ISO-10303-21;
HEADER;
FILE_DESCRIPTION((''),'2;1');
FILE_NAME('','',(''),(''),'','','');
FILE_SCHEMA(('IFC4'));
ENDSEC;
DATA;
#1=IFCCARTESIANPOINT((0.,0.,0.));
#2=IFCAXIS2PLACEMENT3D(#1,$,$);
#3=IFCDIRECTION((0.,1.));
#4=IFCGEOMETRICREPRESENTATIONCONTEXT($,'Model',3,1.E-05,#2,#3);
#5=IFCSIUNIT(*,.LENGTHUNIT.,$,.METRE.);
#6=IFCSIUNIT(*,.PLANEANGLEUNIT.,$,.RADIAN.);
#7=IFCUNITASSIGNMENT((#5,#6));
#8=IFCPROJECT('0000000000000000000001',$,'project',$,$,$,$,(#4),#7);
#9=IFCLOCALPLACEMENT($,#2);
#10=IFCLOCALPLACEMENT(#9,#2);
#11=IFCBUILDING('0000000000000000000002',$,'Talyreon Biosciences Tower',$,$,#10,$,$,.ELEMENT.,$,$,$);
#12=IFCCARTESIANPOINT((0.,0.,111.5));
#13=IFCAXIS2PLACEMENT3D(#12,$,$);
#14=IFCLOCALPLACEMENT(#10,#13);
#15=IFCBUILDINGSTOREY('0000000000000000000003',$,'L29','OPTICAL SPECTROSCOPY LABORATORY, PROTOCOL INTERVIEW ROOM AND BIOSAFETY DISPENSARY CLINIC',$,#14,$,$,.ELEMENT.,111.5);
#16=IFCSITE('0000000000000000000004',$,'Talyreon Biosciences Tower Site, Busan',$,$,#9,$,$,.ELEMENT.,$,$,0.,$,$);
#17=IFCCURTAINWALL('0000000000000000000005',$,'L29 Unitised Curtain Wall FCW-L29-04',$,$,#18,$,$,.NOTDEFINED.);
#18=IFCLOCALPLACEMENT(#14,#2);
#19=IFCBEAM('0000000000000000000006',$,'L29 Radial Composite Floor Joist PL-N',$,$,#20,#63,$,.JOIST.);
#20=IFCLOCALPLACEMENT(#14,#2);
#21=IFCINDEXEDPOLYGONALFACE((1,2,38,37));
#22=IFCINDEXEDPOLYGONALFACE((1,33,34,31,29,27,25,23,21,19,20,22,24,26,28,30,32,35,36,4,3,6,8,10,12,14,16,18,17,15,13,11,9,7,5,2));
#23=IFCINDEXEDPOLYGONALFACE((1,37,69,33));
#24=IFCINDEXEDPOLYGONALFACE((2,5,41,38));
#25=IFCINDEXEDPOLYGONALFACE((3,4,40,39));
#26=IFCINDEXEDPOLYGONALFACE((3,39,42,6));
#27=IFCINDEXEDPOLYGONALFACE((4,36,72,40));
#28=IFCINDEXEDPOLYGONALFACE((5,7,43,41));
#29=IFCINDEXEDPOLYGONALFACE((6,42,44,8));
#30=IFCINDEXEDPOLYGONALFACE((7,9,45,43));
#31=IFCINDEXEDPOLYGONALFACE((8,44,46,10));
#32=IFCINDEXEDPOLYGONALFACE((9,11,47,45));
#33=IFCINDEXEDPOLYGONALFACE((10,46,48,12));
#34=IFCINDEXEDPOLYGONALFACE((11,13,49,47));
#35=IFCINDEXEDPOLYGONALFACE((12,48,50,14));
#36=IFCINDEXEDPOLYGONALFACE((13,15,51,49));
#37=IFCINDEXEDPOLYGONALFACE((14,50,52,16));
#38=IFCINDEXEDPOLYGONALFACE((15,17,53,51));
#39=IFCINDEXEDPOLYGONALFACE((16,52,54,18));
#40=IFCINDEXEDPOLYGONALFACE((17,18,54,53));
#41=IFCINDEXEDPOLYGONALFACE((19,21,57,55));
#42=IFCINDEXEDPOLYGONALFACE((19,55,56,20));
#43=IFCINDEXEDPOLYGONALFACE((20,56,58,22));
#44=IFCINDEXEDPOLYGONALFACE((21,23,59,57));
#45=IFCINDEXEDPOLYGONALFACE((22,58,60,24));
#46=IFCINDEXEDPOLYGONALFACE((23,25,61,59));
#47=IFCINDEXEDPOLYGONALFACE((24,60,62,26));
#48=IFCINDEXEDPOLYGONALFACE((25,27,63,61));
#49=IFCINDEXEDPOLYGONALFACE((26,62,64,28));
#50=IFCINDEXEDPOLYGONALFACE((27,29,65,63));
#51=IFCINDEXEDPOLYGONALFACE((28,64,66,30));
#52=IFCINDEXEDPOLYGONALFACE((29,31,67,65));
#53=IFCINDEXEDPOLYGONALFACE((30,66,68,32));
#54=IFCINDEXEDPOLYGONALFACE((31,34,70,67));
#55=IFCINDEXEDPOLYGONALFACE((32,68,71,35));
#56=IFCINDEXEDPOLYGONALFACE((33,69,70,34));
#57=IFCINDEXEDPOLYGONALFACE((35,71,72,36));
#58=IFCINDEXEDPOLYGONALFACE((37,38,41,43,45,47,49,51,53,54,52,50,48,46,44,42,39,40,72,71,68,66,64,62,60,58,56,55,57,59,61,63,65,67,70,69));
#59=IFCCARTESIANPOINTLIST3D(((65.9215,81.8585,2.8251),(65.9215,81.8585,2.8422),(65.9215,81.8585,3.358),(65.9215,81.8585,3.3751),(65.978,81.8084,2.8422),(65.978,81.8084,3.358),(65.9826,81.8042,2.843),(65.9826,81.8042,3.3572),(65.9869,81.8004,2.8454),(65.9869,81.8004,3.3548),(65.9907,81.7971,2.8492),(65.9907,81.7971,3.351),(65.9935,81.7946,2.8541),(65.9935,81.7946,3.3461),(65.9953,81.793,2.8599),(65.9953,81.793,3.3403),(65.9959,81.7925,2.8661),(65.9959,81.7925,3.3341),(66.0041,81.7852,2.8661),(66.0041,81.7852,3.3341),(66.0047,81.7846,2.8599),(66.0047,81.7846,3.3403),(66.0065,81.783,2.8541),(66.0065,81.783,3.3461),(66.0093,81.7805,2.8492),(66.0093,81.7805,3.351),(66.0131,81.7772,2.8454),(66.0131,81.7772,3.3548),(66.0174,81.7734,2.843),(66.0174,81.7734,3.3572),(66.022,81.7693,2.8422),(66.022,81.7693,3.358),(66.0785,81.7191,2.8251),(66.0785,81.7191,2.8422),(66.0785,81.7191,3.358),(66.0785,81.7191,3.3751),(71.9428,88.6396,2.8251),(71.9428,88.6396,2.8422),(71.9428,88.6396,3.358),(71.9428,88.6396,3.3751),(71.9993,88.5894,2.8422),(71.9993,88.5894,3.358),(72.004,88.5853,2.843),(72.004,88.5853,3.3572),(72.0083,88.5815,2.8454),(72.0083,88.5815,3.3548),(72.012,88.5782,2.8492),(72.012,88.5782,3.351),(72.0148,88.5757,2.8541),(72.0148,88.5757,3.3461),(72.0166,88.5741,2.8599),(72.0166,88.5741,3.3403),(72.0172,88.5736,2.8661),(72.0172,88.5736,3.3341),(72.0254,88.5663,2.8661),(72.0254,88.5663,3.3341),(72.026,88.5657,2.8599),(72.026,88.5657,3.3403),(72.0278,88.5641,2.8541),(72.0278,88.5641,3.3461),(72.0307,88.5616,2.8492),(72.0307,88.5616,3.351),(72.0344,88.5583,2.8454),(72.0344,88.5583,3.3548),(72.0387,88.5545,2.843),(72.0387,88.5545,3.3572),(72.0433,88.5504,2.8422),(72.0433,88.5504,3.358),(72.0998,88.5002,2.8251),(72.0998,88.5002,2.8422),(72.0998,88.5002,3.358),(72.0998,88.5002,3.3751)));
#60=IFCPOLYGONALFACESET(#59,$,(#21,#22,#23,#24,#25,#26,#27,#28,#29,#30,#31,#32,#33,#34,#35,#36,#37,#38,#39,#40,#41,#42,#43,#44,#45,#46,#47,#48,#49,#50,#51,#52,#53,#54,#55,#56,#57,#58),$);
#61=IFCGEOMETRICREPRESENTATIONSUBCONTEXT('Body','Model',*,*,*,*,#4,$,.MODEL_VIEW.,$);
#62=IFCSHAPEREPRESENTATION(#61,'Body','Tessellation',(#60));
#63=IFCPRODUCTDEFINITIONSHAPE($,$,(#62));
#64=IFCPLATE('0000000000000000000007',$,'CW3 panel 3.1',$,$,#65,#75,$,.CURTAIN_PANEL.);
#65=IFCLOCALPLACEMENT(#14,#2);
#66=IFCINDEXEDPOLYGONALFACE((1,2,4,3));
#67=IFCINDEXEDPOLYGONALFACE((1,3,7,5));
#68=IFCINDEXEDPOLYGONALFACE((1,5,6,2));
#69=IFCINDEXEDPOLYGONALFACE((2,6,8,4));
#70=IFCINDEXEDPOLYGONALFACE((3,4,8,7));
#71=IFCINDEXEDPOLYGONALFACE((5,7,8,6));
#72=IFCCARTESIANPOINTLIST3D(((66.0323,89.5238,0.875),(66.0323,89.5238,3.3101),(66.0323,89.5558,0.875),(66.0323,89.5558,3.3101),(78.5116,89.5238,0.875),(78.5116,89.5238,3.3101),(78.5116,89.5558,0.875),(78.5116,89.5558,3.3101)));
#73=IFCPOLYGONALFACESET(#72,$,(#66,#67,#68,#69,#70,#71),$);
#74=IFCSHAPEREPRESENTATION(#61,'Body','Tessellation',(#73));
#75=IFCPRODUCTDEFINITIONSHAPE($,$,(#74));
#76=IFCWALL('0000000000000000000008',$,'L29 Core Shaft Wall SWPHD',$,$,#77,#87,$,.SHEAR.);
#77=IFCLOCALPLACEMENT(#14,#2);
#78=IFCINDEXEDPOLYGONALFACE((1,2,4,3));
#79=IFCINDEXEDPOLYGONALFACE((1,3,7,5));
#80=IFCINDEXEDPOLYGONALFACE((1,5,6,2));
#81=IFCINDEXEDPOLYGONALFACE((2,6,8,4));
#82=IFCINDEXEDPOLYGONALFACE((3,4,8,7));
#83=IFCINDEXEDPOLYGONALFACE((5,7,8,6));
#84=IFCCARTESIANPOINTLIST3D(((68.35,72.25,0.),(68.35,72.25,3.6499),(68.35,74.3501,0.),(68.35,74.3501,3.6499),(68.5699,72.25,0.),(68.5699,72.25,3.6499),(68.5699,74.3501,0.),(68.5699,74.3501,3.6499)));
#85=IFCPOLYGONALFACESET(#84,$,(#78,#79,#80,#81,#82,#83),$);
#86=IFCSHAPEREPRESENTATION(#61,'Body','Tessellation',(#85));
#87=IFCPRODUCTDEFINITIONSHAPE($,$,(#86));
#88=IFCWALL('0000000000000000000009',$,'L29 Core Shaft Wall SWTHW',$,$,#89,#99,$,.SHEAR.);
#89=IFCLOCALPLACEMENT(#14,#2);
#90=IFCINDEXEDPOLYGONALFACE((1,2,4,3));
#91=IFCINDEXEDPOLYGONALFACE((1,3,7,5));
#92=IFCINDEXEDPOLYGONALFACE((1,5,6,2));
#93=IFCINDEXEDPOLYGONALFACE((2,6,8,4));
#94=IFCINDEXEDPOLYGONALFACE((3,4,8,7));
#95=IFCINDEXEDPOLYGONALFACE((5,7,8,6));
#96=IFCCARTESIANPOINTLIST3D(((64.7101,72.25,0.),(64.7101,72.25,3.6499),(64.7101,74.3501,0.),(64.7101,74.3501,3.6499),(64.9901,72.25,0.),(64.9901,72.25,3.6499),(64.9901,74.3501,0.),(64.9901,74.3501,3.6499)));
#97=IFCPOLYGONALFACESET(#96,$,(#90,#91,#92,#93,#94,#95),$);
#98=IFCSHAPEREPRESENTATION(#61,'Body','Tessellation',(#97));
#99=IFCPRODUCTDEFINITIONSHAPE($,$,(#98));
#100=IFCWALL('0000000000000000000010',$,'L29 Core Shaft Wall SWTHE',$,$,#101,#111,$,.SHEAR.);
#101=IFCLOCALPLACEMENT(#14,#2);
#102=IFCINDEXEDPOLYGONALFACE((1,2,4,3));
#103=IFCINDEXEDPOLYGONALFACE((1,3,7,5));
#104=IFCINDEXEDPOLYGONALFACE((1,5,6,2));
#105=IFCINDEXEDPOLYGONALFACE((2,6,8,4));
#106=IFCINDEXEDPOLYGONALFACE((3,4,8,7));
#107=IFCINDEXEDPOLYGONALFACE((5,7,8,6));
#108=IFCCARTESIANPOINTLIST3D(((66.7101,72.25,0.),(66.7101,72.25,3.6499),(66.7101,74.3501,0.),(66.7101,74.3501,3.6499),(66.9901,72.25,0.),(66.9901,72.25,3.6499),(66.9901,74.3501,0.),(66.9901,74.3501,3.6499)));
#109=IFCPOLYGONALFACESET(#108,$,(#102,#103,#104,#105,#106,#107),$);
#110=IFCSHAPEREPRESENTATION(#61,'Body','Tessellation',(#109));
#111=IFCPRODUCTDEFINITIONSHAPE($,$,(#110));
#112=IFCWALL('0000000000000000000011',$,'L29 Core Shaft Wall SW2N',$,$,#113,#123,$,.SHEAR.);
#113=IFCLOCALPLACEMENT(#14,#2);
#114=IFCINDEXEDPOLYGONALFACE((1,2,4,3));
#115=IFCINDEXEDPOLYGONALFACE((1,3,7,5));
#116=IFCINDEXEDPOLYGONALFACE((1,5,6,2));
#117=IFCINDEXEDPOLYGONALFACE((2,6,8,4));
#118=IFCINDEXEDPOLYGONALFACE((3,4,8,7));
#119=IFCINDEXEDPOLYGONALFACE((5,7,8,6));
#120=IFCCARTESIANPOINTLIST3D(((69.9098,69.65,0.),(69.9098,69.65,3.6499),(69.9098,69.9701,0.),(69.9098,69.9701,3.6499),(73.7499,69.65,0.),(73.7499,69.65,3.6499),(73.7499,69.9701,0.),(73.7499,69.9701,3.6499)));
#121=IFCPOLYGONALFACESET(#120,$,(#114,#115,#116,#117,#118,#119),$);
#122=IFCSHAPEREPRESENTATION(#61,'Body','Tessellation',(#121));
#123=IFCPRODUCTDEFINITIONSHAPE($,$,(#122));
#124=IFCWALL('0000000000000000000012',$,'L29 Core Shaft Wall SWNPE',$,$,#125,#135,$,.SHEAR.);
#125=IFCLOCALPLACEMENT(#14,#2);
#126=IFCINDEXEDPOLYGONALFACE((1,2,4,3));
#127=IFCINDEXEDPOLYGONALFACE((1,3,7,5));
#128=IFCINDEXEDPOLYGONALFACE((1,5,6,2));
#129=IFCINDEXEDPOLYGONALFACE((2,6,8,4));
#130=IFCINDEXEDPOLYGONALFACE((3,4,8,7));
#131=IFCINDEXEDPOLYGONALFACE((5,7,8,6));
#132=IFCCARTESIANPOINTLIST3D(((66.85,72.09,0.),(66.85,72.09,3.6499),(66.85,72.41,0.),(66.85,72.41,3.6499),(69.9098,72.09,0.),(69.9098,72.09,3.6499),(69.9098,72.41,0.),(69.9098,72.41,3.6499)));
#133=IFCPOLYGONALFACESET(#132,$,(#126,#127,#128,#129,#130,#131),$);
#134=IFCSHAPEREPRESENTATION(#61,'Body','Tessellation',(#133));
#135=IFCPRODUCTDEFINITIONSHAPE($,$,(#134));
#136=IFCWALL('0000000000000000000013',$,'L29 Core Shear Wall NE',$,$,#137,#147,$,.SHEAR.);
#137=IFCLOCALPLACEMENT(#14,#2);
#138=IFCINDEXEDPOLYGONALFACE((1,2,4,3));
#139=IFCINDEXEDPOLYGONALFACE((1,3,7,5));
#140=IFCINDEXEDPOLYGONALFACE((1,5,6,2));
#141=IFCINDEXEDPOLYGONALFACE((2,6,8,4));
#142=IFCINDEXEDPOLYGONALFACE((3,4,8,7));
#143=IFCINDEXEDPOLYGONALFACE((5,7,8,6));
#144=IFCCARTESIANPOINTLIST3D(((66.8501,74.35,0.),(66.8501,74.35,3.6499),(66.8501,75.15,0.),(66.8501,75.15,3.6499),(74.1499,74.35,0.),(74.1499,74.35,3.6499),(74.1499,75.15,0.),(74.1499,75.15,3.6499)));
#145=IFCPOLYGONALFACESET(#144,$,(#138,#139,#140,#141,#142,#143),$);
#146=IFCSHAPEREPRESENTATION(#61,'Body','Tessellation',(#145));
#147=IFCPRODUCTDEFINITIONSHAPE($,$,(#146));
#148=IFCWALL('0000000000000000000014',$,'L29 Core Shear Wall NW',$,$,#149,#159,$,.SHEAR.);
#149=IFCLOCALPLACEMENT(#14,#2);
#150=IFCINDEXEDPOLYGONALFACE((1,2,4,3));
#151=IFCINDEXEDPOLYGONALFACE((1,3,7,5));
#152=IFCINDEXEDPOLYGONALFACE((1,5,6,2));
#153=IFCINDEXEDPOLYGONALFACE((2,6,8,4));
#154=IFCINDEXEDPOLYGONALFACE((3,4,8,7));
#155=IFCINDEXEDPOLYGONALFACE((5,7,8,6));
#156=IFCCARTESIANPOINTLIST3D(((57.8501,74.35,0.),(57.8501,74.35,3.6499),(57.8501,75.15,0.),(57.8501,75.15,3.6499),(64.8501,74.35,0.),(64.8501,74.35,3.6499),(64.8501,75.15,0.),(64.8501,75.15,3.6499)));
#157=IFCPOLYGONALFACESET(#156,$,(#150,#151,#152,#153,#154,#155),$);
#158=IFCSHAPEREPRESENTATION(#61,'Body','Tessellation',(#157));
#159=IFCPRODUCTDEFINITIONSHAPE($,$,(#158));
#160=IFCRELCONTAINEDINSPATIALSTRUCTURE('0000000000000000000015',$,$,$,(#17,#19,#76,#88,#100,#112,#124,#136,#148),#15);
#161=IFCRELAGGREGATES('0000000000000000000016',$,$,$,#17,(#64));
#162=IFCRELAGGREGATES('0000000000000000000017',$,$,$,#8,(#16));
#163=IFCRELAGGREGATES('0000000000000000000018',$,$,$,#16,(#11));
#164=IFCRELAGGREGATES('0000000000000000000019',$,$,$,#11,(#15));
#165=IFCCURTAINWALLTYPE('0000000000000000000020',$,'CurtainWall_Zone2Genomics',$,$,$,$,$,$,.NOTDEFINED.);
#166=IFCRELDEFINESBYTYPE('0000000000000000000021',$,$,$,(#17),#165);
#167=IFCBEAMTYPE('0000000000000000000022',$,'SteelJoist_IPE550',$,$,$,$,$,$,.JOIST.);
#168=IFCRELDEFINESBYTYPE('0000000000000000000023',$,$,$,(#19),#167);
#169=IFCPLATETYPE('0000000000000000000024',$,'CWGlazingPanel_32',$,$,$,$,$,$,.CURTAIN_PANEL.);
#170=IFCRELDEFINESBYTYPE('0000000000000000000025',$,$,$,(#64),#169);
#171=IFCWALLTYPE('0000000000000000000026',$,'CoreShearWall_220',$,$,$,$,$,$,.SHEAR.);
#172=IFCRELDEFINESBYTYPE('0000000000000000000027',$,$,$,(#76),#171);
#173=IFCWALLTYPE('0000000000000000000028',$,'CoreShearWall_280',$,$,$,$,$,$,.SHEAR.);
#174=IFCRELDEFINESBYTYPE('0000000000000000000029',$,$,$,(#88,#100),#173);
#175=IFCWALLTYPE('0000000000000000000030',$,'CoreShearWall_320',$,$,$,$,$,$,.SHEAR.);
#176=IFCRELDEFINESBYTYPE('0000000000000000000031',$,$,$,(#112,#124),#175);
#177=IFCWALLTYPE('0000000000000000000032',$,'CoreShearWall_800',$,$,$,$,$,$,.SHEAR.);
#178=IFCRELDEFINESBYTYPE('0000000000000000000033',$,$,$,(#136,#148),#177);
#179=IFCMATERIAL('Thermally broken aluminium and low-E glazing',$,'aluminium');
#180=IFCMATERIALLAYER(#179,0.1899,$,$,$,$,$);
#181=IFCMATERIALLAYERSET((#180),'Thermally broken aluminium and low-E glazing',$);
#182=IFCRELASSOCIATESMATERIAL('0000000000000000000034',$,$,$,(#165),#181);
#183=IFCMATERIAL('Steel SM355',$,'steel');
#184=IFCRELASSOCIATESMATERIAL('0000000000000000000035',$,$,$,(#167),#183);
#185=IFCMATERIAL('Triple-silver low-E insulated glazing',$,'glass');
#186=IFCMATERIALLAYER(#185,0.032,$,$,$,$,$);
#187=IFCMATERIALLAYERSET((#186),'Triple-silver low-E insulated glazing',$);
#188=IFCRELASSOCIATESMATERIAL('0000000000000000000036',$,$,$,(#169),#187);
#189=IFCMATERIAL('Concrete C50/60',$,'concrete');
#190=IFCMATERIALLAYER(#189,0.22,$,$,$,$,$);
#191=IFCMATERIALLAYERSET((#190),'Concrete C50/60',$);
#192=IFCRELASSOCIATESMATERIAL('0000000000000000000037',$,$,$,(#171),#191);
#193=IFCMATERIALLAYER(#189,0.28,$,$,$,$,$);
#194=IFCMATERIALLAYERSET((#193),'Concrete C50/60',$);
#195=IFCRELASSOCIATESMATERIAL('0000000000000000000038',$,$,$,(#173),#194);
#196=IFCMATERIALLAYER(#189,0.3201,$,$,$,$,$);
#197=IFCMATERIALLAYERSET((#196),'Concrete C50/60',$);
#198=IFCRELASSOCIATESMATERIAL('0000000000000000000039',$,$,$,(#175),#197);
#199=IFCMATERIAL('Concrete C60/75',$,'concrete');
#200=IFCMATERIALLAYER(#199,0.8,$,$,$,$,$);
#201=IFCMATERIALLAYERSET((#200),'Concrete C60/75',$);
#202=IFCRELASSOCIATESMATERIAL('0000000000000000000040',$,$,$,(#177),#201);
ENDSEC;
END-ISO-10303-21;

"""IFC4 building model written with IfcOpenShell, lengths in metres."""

from ifc_helpers import new_model, si_unit, direction, frame, frame_2d, origin, origin_2d, place, context, subcontext, project, spatial, rectangle, i_section, extrude, material, layer, layer_set, material_profile, profile_set, type_object, element, aggregate, save


model = new_model("IFC4")

# Units and contexts
model_context = context("Model", 3, precision=1e-05, world=origin(), true_north=direction((0.0, 1.0)))
body_context = subcontext(model_context, "Body", "Model", "MODEL_VIEW")
ifc_project = project(units=[si_unit("LENGTHUNIT", "METRE"), si_unit("PLANEANGLEUNIT", "RADIAN")], contexts=[model_context])

# Site, building, storey
site_placement = place(None, origin())
site = spatial("IfcSite", under=ifc_project, at=site_placement, Name="Talyreon Biosciences Tower Site, Busan", CompositionType="ELEMENT", RefElevation=0.0)
building_placement = place(site_placement, origin())
building = spatial("IfcBuilding", under=site, at=building_placement, Name="Talyreon Biosciences Tower", CompositionType="ELEMENT")
storey_placement = place(building_placement, frame((0.0, 0.0, 111.5)))
storey = spatial("IfcBuildingStorey", under=building, at=storey_placement, Name="L29", Description="OPTICAL SPECTROSCOPY LABORATORY, PROTOCOL INTERVIEW ROOM AND BIOSAFETY DISPENSARY CLINIC", CompositionType="ELEMENT", Elevation=111.5)

# Shared definitions
ifc_material_1 = material(Name="Concrete C60/75", Category="concrete")
ifc_material_2 = material(Name="Concrete C50/60", Category="concrete")

# Curtain wall
ifc_material_3 = material(Name="Thermally broken aluminium and low-E glazing", Category="aluminium")
ifc_layer_1 = layer(ifc_material_3, 0.1899)
ifc_layer_set_1 = layer_set([ifc_layer_1], Name="Thermally broken aluminium and low-E glazing")
curtain_wall_type = type_object("IfcCurtainWallType", Name="CurtainWall_Zone2Genomics", PredefinedType="NOTDEFINED", material=ifc_layer_set_1)
curtain_wall_placement = place(storey_placement, origin())
curtain_wall = element("IfcCurtainWall", 1, at=curtain_wall_placement, inside=storey, type_object=curtain_wall_type, Name="L29 Unitised Curtain Wall FCW-L29-04", PredefinedType="NOTDEFINED")

# Beam
ifc_material_4 = material(Name="Steel SM355", Category="steel")
ifc_material_profile_1 = material_profile(ifc_material_4, i_section(OverallWidth=0.21, OverallDepth=0.55, WebThickness=0.011, FlangeThickness=0.0171, FilletRadius=0.0239, at=origin_2d()), Name="IPE550")
ifc_profile_set_1 = profile_set([ifc_material_profile_1], Name="Steel SM355")
beam_type_1 = type_object("IfcBeamType", Name="SteelJoist_IPE550", PredefinedType="JOIST", material=ifc_profile_set_1)
beam_1_placement = place(storey_placement, frame((66.0, 81.7888, 3.1001), z_axis=(0.663974, 0.747755, 0.0), x_axis=(-0.747755, 0.663974, 0.0)))
element("IfcBeam", 2, at=beam_1_placement, inside=storey, type_object=beam_type_1, Name="L29 Radial Composite Floor Joist PL-N", PredefinedType="JOIST", context=body_context, shape_type="SweptSolid", body=[
    extrude(i_section(OverallWidth=0.21, OverallDepth=0.55, WebThickness=0.011, FlangeThickness=0.0171, FilletRadius=0.0239, at=origin_2d()), origin(), (0.0, 0.0, 1.0), 9.0686),
])

# Plate
ifc_material_5 = material(Name="Triple-silver low-E insulated glazing", Category="glass")
ifc_layer_2 = layer(ifc_material_5, 0.032)
ifc_layer_set_2 = layer_set([ifc_layer_2], Name="Triple-silver low-E insulated glazing")
plate_type = type_object("IfcPlateType", Name="CWGlazingPanel_32", PredefinedType="CURTAIN_PANEL", material=ifc_layer_set_2)
plate_placement = place(storey_placement, frame((72.272, 89.5398, 0.875), z_axis=(0.0, 0.0, 1.0), x_axis=(1.0, 0.0, 0.0)))
plate = element("IfcPlate", 3, at=plate_placement, type_object=plate_type, Name="CW3 panel 3.1", PredefinedType="CURTAIN_PANEL", context=body_context, shape_type="SweptSolid", body=[
    extrude(rectangle(XDim=12.4792, YDim=0.032, at=origin_2d()), origin(), (0.0, 0.0, 1.0), 2.4351),
])
aggregate(curtain_wall, [plate])

# Walls
ifc_layer_3 = layer(ifc_material_2, 0.22)
ifc_layer_set_3 = layer_set([ifc_layer_3], Name="Concrete C50/60")
wall_type_1 = type_object("IfcWallType", Name="CoreShearWall_220", PredefinedType="SHEAR", material=ifc_layer_set_3)
wall_1_placement = place(storey_placement, frame((68.46, 72.25, 0.0), z_axis=(0.0, 0.0, 1.0), x_axis=(0.0, 1.0, 0.0)))
element("IfcWall", 4, at=wall_1_placement, inside=storey, type_object=wall_type_1, Name="L29 Core Shaft Wall SWPHD", PredefinedType="SHEAR", context=body_context, shape_type="SweptSolid", body=[
    extrude(rectangle(XDim=2.1001, YDim=0.22, at=frame_2d((1.05, 0.0))), origin(), (0.0, 0.0, 1.0), 3.6499),
])
ifc_layer_4 = layer(ifc_material_2, 0.28)
ifc_layer_set_4 = layer_set([ifc_layer_4], Name="Concrete C50/60")
wall_type_2 = type_object("IfcWallType", Name="CoreShearWall_280", PredefinedType="SHEAR", material=ifc_layer_set_4)
for number, where, z_axis, x_axis, name in (
    (5, (64.8501, 72.25, 0.0), (0.0, 0.0, 1.0), (0.0, 1.0, 0.0), "L29 Core Shaft Wall SWTHW"),
    (6, (66.8501, 72.25, 0.0), (0.0, 0.0, 1.0), (0.0, 1.0, 0.0), "L29 Core Shaft Wall SWTHE"),
):
    element("IfcWall", number, at=place(storey_placement, frame(where, z_axis=z_axis, x_axis=x_axis)), inside=storey, type_object=wall_type_2, Name=name, PredefinedType="SHEAR", context=body_context, shape_type="SweptSolid", body=[
        extrude(rectangle(XDim=2.1001, YDim=0.28, at=frame_2d((1.05, 0.0))), origin(), (0.0, 0.0, 1.0), 3.6499),
    ])
ifc_layer_5 = layer(ifc_material_2, 0.3201)
ifc_layer_set_5 = layer_set([ifc_layer_5], Name="Concrete C50/60")
wall_type_3 = type_object("IfcWallType", Name="CoreShearWall_320", PredefinedType="SHEAR", material=ifc_layer_set_5)
wall_2_placement = place(storey_placement, frame((69.9099, 69.8101, 0.0), z_axis=(0.0, 0.0, 1.0), x_axis=(1.0, 0.0, 0.0)))
element("IfcWall", 7, at=wall_2_placement, inside=storey, type_object=wall_type_3, Name="L29 Core Shaft Wall SW2N", PredefinedType="SHEAR", context=body_context, shape_type="SweptSolid", body=[
    extrude(rectangle(XDim=3.8401, YDim=0.3201, at=frame_2d((1.9199, 0.0))), origin(), (0.0, 0.0, 1.0), 3.6499),
])
wall_3_placement = place(storey_placement, frame((66.8501, 72.25, 0.0), z_axis=(0.0, 0.0, 1.0), x_axis=(1.0, 0.0, 0.0)))
element("IfcWall", 8, at=wall_3_placement, inside=storey, type_object=wall_type_3, Name="L29 Core Shaft Wall SWNPE", PredefinedType="SHEAR", context=body_context, shape_type="SweptSolid", body=[
    extrude(rectangle(XDim=3.0598, YDim=0.3201, at=frame_2d((1.5298, 0.0))), origin(), (0.0, 0.0, 1.0), 3.6499),
])
ifc_layer_6 = layer(ifc_material_1, 0.8)
ifc_layer_set_6 = layer_set([ifc_layer_6], Name="Concrete C60/75")
wall_type_4 = type_object("IfcWallType", Name="CoreShearWall_800", PredefinedType="SHEAR", material=ifc_layer_set_6)
wall_4_placement = place(storey_placement, frame((74.1499, 74.75, 0.0), z_axis=(0.0, 0.0, 1.0), x_axis=(-1.0, 0.0, 0.0)))
element("IfcWall", 9, at=wall_4_placement, inside=storey, type_object=wall_type_4, Name="L29 Core Shear Wall NE", PredefinedType="SHEAR", context=body_context, shape_type="SweptSolid", body=[
    extrude(rectangle(XDim=7.2998, YDim=0.8, at=frame_2d((3.6499, 0.0))), origin(), (0.0, 0.0, 1.0), 3.6499),
])
wall_5_placement = place(storey_placement, frame((64.8501, 74.75, 0.0), z_axis=(0.0, 0.0, 1.0), x_axis=(-1.0, 0.0, 0.0)))
element("IfcWall", 10, at=wall_5_placement, inside=storey, type_object=wall_type_4, Name="L29 Core Shear Wall NW", PredefinedType="SHEAR", context=body_context, shape_type="SweptSolid", body=[
    extrude(rectangle(XDim=7.0, YDim=0.8, at=frame_2d((3.5, 0.0))), origin(), (0.0, 0.0, 1.0), 3.6499),
])

save(model, "model.ifc")
